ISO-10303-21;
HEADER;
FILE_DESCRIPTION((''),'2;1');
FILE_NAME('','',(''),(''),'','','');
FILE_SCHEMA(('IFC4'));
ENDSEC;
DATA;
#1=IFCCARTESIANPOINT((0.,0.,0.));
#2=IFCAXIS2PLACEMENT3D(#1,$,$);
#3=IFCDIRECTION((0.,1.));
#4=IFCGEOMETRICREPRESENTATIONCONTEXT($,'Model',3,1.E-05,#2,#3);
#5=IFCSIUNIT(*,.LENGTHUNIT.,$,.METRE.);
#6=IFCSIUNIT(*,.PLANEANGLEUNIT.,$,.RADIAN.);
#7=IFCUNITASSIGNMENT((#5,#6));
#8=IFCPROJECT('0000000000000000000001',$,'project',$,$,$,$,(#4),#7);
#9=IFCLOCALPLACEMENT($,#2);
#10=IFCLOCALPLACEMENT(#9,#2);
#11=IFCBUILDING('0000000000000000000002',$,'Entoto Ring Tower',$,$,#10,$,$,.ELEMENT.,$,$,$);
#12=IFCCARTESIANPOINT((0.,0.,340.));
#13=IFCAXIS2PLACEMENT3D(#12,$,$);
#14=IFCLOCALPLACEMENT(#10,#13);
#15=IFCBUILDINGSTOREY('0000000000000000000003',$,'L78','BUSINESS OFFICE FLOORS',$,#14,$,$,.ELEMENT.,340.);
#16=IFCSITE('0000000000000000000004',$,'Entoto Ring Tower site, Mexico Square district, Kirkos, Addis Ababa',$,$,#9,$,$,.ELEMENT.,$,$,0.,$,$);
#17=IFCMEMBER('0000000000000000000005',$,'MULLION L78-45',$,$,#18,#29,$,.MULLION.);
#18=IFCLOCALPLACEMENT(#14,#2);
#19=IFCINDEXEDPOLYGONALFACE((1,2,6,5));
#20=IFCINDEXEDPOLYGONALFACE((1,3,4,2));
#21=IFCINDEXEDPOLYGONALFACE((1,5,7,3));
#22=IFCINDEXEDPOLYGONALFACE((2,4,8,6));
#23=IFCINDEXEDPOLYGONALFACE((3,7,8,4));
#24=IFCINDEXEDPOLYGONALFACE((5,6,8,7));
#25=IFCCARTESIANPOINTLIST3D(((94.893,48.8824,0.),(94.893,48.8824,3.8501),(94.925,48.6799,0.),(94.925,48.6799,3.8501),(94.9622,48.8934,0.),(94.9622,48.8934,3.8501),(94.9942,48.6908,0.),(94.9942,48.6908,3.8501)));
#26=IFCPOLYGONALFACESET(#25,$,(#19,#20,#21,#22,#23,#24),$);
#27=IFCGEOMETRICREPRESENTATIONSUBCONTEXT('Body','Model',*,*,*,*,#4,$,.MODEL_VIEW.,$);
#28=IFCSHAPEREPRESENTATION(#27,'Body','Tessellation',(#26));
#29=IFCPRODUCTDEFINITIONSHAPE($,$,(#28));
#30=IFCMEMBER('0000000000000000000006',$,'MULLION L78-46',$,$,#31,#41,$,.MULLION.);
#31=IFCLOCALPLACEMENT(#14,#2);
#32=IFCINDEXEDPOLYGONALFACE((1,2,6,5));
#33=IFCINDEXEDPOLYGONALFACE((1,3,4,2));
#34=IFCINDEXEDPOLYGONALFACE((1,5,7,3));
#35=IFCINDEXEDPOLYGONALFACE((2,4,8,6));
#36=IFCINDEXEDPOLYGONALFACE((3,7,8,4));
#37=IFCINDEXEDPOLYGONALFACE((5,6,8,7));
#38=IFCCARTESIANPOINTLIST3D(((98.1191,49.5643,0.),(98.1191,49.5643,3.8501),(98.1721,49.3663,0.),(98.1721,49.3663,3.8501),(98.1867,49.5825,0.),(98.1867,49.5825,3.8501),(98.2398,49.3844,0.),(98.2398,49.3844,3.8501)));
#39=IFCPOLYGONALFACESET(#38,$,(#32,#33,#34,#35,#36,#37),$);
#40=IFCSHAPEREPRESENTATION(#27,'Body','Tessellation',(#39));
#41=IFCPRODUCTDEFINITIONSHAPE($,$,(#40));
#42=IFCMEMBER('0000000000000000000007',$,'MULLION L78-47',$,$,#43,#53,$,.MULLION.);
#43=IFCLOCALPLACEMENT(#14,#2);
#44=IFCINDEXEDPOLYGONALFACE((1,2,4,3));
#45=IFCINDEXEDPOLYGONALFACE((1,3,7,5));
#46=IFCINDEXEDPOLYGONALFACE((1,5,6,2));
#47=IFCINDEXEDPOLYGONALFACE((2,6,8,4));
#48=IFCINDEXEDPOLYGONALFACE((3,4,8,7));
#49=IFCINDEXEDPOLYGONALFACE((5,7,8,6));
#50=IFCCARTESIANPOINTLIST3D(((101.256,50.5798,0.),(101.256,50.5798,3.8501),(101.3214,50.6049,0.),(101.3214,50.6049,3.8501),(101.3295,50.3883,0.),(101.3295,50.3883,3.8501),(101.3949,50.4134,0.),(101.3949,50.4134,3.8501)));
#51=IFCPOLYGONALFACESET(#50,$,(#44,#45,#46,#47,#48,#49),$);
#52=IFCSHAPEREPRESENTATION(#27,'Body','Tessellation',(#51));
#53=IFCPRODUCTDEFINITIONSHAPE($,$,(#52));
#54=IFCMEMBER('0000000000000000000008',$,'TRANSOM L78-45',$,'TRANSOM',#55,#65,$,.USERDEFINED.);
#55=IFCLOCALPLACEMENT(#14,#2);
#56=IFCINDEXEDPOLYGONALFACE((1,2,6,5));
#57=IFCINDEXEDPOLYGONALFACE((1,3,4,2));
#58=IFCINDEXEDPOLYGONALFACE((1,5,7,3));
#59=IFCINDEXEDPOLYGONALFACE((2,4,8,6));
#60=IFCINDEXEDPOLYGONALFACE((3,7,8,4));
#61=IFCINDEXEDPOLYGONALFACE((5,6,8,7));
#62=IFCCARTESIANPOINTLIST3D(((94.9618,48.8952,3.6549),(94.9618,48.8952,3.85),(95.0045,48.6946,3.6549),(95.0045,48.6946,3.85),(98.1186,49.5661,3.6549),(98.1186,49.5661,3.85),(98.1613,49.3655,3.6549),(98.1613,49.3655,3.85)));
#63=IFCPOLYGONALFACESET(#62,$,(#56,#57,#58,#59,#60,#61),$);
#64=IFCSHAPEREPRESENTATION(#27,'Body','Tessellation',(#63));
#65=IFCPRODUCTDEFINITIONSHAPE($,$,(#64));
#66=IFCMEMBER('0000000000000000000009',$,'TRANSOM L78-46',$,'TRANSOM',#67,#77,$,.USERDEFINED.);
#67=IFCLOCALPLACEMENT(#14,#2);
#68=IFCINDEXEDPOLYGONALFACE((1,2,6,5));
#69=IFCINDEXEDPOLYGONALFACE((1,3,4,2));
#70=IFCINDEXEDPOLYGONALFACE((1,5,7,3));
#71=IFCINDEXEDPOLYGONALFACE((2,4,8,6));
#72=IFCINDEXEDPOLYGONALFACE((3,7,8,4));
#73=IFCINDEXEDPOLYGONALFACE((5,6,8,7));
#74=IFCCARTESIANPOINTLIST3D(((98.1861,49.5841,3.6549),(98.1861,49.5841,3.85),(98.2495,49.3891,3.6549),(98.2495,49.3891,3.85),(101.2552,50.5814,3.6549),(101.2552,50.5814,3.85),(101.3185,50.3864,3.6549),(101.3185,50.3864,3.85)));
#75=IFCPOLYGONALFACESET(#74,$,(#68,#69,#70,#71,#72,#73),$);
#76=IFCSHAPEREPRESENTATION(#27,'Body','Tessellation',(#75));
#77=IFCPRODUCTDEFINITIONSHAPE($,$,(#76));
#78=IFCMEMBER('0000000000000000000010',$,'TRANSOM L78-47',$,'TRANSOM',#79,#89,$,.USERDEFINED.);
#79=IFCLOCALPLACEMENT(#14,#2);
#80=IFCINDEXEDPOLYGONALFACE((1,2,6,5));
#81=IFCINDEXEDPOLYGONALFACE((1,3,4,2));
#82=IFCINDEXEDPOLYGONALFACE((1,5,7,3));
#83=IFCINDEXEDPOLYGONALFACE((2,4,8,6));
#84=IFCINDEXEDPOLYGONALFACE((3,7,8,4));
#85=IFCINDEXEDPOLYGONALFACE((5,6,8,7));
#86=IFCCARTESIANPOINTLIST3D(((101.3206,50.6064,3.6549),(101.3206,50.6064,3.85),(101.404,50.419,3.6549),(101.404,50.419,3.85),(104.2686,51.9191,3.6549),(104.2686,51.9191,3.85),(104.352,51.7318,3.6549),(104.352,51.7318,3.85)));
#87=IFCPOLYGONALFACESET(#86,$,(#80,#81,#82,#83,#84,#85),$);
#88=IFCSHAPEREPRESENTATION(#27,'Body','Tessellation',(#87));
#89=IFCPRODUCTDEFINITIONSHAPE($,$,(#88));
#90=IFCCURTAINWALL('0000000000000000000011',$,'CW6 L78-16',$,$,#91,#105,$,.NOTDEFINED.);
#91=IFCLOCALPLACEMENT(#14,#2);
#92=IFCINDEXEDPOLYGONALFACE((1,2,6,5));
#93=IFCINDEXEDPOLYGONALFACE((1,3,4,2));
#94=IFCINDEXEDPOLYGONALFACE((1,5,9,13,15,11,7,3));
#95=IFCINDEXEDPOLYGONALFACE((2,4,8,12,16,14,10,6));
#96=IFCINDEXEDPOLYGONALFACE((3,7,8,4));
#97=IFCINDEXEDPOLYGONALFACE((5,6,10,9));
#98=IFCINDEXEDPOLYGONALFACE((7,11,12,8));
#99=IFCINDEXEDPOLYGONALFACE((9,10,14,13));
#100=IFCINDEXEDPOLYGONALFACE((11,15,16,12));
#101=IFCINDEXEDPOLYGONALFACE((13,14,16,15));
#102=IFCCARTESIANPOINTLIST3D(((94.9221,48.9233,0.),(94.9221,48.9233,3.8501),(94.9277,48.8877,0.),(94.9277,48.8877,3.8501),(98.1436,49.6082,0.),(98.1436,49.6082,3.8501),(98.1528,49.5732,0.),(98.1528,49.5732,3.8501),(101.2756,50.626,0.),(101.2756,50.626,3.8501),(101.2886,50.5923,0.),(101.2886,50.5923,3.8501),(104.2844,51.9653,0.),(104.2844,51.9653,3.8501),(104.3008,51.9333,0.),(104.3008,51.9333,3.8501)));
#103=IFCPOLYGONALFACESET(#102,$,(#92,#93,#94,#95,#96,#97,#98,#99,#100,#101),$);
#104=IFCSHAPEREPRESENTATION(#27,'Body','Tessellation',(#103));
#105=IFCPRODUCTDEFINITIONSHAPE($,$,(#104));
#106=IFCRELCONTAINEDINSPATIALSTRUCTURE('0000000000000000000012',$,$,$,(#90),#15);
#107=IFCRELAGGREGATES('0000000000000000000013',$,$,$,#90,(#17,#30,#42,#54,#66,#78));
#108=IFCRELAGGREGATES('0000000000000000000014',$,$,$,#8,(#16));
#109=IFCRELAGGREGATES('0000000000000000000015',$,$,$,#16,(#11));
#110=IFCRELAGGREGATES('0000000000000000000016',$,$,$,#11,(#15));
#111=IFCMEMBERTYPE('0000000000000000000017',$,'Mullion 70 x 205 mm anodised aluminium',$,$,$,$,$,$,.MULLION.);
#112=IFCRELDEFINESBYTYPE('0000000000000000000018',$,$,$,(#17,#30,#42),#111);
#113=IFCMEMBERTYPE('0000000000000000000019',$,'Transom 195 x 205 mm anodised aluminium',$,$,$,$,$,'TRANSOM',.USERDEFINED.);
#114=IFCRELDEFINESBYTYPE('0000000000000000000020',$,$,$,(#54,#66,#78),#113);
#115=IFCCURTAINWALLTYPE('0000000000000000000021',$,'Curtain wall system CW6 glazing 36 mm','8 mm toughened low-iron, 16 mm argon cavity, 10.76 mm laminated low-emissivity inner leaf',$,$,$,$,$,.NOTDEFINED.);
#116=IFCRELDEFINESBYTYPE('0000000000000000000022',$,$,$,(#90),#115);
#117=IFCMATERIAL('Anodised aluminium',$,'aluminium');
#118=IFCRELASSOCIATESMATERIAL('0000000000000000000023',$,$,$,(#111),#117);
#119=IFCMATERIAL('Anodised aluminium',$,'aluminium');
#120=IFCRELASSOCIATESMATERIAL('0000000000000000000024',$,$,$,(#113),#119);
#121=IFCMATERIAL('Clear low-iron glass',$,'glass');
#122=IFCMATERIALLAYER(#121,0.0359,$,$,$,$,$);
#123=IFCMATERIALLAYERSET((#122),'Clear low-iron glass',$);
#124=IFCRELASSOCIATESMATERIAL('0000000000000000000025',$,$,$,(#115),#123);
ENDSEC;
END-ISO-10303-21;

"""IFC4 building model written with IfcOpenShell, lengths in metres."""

from ifc_helpers import new_model, si_unit, direction, frame, origin, origin_2d, place, context, subcontext, project, spatial, polyline, rectangle, outline, extrude, material, layer, layer_set, material_profile, profile_set, type_object, element, aggregate, save


model = new_model("IFC4")

# Units and contexts
model_context = context("Model", 3, precision=1e-05, world=origin(), true_north=direction((0.0, 1.0)))
body_context = subcontext(model_context, "Body", "Model", "MODEL_VIEW")
ifc_project = project(units=[si_unit("LENGTHUNIT", "METRE"), si_unit("PLANEANGLEUNIT", "RADIAN")], contexts=[model_context])

# Members
ifc_material_1 = material(Name="Anodised aluminium", Category="aluminium")
ifc_material_profile_1 = material_profile(ifc_material_1, rectangle(XDim=0.0701, YDim=0.2051, at=origin_2d()), Name="Mullion 70 x 205 mm anodised aluminium")
ifc_profile_set_1 = profile_set([ifc_material_profile_1], Name="Anodised aluminium")
member_type_1 = type_object("IfcMemberType", Name="Mullion 70 x 205 mm anodised aluminium", PredefinedType="MULLION", material=ifc_profile_set_1)
site_placement = place(None, origin())
building_placement = place(site_placement, origin())
storey_placement = place(building_placement, frame((0.0, 0.0, 340.0)))
member_1_placement = place(storey_placement, frame((94.9436, 48.7866, 0.0), z_axis=(0.0, 0.0, 1.0), x_axis=(0.987688, 0.156434, 0.0)))
member_1 = element("IfcMember", 1, at=member_1_placement, type_object=member_type_1, Name="MULLION L78-45", PredefinedType="MULLION", context=body_context, shape_type="SweptSolid", body=[
    extrude(rectangle(XDim=0.0701, YDim=0.2051, at=origin_2d()), origin(), (0.0, 0.0, 1.0), 3.8501),
])
member_2_placement = place(storey_placement, frame((98.1794, 49.4744, 0.0), z_axis=(0.0, 0.0, 1.0), x_axis=(0.965926, 0.258819, 0.0)))
member_2 = element("IfcMember", 2, at=member_2_placement, type_object=member_type_1, Name="MULLION L78-46", PredefinedType="MULLION", context=body_context, shape_type="SweptSolid", body=[
    extrude(rectangle(XDim=0.0701, YDim=0.2051, at=origin_2d()), origin(), (0.0, 0.0, 1.0), 3.8501),
])
member_3_placement = place(storey_placement, frame((101.3254, 50.4966, 0.0), z_axis=(0.0, 0.0, 1.0), x_axis=(0.93358, 0.358368, 0.0)))
member_3 = element("IfcMember", 3, at=member_3_placement, type_object=member_type_1, Name="MULLION L78-47", PredefinedType="MULLION", context=body_context, shape_type="SweptSolid", body=[
    extrude(rectangle(XDim=0.0701, YDim=0.2051, at=origin_2d()), origin(), (0.0, 0.0, 1.0), 3.8501),
])
ifc_material_2 = material(Name="Anodised aluminium", Category="aluminium")
ifc_material_profile_2 = material_profile(ifc_material_2, rectangle(XDim=0.2051, YDim=0.1951, at=origin_2d()), Name="Transom 195 x 205 mm anodised aluminium")
ifc_profile_set_2 = profile_set([ifc_material_profile_2], Name="Anodised aluminium")
member_type_2 = type_object("IfcMemberType", Name="Transom 195 x 205 mm anodised aluminium", ElementType="TRANSOM", PredefinedType="USERDEFINED", material=ifc_profile_set_2)
member_4_placement = place(storey_placement, frame((94.9832, 48.7949, 3.7524), z_axis=(0.978153, 0.207886, 0.0), x_axis=(-0.207886, 0.978153, 0.0)))
member_4 = element("IfcMember", 4, at=member_4_placement, type_object=member_type_2, Name="TRANSOM L78-45", ObjectType="TRANSOM", PredefinedType="USERDEFINED", context=body_context, shape_type="SweptSolid", body=[
    extrude(rectangle(XDim=0.2051, YDim=0.1951, at=origin_2d()), origin(), (0.0, 0.0, 1.0), 3.2273),
])
member_5_placement = place(storey_placement, frame((98.2178, 49.4866, 3.7524), z_axis=(0.951047, 0.309047, 0.0), x_axis=(-0.309047, 0.951047, 0.0)))
member_5 = element("IfcMember", 5, at=member_5_placement, type_object=member_type_2, Name="TRANSOM L78-46", ObjectType="TRANSOM", PredefinedType="USERDEFINED", context=body_context, shape_type="SweptSolid", body=[
    extrude(rectangle(XDim=0.2051, YDim=0.1951, at=origin_2d()), origin(), (0.0, 0.0, 1.0), 3.2271),
])
member_6_placement = place(storey_placement, frame((101.3623, 50.5127, 3.7524), z_axis=(0.913521, 0.406791, 0.0), x_axis=(-0.406791, 0.913521, 0.0)))
member_6 = element("IfcMember", 6, at=member_6_placement, type_object=member_type_2, Name="TRANSOM L78-47", ObjectType="TRANSOM", PredefinedType="USERDEFINED", context=body_context, shape_type="SweptSolid", body=[
    extrude(rectangle(XDim=0.2051, YDim=0.1951, at=origin_2d()), origin(), (0.0, 0.0, 1.0), 3.2271),
])

# Site, building, storey
site = spatial("IfcSite", under=ifc_project, at=site_placement, Name="Entoto Ring Tower site, Mexico Square district, Kirkos, Addis Ababa", CompositionType="ELEMENT", RefElevation=0.0)
building = spatial("IfcBuilding", under=site, at=building_placement, Name="Entoto Ring Tower", CompositionType="ELEMENT")
storey = spatial("IfcBuildingStorey", under=building, at=storey_placement, Name="L78", Description="BUSINESS OFFICE FLOORS", CompositionType="ELEMENT", Elevation=340.0)

# Curtain wall
ifc_material_3 = material(Name="Clear low-iron glass", Category="glass")
ifc_layer_1 = layer(ifc_material_3, 0.0359)
ifc_layer_set_1 = layer_set([ifc_layer_1], Name="Clear low-iron glass")
curtain_wall_type = type_object("IfcCurtainWallType", Name="Curtain wall system CW6 glazing 36 mm", Description="8 mm toughened low-iron, 16 mm argon cavity, 10.76 mm laminated low-emissivity inner leaf", PredefinedType="NOTDEFINED", material=ifc_layer_set_1)
curtain_wall_1_placement = place(storey_placement, origin())
curtain_wall_1 = element("IfcCurtainWall", 7, at=curtain_wall_1_placement, inside=storey, type_object=curtain_wall_type, Name="CW6 L78-16", PredefinedType="NOTDEFINED", context=body_context, shape_type="SweptSolid", body=[
    extrude(outline(polyline([(94.9277, 48.8877), (98.1528, 49.5732), (101.2886, 50.5923), (104.3008, 51.9333), (104.2844, 51.9653), (101.2756, 50.626), (98.1436, 49.6082), (94.9221, 48.9233), (94.9277, 48.8877)])), origin(), (0.0, 0.0, 1.0), 3.8501),
])
aggregate(curtain_wall_1, [member_1, member_2, member_3, member_4, member_5, member_6])

save(model, "model.ifc")
